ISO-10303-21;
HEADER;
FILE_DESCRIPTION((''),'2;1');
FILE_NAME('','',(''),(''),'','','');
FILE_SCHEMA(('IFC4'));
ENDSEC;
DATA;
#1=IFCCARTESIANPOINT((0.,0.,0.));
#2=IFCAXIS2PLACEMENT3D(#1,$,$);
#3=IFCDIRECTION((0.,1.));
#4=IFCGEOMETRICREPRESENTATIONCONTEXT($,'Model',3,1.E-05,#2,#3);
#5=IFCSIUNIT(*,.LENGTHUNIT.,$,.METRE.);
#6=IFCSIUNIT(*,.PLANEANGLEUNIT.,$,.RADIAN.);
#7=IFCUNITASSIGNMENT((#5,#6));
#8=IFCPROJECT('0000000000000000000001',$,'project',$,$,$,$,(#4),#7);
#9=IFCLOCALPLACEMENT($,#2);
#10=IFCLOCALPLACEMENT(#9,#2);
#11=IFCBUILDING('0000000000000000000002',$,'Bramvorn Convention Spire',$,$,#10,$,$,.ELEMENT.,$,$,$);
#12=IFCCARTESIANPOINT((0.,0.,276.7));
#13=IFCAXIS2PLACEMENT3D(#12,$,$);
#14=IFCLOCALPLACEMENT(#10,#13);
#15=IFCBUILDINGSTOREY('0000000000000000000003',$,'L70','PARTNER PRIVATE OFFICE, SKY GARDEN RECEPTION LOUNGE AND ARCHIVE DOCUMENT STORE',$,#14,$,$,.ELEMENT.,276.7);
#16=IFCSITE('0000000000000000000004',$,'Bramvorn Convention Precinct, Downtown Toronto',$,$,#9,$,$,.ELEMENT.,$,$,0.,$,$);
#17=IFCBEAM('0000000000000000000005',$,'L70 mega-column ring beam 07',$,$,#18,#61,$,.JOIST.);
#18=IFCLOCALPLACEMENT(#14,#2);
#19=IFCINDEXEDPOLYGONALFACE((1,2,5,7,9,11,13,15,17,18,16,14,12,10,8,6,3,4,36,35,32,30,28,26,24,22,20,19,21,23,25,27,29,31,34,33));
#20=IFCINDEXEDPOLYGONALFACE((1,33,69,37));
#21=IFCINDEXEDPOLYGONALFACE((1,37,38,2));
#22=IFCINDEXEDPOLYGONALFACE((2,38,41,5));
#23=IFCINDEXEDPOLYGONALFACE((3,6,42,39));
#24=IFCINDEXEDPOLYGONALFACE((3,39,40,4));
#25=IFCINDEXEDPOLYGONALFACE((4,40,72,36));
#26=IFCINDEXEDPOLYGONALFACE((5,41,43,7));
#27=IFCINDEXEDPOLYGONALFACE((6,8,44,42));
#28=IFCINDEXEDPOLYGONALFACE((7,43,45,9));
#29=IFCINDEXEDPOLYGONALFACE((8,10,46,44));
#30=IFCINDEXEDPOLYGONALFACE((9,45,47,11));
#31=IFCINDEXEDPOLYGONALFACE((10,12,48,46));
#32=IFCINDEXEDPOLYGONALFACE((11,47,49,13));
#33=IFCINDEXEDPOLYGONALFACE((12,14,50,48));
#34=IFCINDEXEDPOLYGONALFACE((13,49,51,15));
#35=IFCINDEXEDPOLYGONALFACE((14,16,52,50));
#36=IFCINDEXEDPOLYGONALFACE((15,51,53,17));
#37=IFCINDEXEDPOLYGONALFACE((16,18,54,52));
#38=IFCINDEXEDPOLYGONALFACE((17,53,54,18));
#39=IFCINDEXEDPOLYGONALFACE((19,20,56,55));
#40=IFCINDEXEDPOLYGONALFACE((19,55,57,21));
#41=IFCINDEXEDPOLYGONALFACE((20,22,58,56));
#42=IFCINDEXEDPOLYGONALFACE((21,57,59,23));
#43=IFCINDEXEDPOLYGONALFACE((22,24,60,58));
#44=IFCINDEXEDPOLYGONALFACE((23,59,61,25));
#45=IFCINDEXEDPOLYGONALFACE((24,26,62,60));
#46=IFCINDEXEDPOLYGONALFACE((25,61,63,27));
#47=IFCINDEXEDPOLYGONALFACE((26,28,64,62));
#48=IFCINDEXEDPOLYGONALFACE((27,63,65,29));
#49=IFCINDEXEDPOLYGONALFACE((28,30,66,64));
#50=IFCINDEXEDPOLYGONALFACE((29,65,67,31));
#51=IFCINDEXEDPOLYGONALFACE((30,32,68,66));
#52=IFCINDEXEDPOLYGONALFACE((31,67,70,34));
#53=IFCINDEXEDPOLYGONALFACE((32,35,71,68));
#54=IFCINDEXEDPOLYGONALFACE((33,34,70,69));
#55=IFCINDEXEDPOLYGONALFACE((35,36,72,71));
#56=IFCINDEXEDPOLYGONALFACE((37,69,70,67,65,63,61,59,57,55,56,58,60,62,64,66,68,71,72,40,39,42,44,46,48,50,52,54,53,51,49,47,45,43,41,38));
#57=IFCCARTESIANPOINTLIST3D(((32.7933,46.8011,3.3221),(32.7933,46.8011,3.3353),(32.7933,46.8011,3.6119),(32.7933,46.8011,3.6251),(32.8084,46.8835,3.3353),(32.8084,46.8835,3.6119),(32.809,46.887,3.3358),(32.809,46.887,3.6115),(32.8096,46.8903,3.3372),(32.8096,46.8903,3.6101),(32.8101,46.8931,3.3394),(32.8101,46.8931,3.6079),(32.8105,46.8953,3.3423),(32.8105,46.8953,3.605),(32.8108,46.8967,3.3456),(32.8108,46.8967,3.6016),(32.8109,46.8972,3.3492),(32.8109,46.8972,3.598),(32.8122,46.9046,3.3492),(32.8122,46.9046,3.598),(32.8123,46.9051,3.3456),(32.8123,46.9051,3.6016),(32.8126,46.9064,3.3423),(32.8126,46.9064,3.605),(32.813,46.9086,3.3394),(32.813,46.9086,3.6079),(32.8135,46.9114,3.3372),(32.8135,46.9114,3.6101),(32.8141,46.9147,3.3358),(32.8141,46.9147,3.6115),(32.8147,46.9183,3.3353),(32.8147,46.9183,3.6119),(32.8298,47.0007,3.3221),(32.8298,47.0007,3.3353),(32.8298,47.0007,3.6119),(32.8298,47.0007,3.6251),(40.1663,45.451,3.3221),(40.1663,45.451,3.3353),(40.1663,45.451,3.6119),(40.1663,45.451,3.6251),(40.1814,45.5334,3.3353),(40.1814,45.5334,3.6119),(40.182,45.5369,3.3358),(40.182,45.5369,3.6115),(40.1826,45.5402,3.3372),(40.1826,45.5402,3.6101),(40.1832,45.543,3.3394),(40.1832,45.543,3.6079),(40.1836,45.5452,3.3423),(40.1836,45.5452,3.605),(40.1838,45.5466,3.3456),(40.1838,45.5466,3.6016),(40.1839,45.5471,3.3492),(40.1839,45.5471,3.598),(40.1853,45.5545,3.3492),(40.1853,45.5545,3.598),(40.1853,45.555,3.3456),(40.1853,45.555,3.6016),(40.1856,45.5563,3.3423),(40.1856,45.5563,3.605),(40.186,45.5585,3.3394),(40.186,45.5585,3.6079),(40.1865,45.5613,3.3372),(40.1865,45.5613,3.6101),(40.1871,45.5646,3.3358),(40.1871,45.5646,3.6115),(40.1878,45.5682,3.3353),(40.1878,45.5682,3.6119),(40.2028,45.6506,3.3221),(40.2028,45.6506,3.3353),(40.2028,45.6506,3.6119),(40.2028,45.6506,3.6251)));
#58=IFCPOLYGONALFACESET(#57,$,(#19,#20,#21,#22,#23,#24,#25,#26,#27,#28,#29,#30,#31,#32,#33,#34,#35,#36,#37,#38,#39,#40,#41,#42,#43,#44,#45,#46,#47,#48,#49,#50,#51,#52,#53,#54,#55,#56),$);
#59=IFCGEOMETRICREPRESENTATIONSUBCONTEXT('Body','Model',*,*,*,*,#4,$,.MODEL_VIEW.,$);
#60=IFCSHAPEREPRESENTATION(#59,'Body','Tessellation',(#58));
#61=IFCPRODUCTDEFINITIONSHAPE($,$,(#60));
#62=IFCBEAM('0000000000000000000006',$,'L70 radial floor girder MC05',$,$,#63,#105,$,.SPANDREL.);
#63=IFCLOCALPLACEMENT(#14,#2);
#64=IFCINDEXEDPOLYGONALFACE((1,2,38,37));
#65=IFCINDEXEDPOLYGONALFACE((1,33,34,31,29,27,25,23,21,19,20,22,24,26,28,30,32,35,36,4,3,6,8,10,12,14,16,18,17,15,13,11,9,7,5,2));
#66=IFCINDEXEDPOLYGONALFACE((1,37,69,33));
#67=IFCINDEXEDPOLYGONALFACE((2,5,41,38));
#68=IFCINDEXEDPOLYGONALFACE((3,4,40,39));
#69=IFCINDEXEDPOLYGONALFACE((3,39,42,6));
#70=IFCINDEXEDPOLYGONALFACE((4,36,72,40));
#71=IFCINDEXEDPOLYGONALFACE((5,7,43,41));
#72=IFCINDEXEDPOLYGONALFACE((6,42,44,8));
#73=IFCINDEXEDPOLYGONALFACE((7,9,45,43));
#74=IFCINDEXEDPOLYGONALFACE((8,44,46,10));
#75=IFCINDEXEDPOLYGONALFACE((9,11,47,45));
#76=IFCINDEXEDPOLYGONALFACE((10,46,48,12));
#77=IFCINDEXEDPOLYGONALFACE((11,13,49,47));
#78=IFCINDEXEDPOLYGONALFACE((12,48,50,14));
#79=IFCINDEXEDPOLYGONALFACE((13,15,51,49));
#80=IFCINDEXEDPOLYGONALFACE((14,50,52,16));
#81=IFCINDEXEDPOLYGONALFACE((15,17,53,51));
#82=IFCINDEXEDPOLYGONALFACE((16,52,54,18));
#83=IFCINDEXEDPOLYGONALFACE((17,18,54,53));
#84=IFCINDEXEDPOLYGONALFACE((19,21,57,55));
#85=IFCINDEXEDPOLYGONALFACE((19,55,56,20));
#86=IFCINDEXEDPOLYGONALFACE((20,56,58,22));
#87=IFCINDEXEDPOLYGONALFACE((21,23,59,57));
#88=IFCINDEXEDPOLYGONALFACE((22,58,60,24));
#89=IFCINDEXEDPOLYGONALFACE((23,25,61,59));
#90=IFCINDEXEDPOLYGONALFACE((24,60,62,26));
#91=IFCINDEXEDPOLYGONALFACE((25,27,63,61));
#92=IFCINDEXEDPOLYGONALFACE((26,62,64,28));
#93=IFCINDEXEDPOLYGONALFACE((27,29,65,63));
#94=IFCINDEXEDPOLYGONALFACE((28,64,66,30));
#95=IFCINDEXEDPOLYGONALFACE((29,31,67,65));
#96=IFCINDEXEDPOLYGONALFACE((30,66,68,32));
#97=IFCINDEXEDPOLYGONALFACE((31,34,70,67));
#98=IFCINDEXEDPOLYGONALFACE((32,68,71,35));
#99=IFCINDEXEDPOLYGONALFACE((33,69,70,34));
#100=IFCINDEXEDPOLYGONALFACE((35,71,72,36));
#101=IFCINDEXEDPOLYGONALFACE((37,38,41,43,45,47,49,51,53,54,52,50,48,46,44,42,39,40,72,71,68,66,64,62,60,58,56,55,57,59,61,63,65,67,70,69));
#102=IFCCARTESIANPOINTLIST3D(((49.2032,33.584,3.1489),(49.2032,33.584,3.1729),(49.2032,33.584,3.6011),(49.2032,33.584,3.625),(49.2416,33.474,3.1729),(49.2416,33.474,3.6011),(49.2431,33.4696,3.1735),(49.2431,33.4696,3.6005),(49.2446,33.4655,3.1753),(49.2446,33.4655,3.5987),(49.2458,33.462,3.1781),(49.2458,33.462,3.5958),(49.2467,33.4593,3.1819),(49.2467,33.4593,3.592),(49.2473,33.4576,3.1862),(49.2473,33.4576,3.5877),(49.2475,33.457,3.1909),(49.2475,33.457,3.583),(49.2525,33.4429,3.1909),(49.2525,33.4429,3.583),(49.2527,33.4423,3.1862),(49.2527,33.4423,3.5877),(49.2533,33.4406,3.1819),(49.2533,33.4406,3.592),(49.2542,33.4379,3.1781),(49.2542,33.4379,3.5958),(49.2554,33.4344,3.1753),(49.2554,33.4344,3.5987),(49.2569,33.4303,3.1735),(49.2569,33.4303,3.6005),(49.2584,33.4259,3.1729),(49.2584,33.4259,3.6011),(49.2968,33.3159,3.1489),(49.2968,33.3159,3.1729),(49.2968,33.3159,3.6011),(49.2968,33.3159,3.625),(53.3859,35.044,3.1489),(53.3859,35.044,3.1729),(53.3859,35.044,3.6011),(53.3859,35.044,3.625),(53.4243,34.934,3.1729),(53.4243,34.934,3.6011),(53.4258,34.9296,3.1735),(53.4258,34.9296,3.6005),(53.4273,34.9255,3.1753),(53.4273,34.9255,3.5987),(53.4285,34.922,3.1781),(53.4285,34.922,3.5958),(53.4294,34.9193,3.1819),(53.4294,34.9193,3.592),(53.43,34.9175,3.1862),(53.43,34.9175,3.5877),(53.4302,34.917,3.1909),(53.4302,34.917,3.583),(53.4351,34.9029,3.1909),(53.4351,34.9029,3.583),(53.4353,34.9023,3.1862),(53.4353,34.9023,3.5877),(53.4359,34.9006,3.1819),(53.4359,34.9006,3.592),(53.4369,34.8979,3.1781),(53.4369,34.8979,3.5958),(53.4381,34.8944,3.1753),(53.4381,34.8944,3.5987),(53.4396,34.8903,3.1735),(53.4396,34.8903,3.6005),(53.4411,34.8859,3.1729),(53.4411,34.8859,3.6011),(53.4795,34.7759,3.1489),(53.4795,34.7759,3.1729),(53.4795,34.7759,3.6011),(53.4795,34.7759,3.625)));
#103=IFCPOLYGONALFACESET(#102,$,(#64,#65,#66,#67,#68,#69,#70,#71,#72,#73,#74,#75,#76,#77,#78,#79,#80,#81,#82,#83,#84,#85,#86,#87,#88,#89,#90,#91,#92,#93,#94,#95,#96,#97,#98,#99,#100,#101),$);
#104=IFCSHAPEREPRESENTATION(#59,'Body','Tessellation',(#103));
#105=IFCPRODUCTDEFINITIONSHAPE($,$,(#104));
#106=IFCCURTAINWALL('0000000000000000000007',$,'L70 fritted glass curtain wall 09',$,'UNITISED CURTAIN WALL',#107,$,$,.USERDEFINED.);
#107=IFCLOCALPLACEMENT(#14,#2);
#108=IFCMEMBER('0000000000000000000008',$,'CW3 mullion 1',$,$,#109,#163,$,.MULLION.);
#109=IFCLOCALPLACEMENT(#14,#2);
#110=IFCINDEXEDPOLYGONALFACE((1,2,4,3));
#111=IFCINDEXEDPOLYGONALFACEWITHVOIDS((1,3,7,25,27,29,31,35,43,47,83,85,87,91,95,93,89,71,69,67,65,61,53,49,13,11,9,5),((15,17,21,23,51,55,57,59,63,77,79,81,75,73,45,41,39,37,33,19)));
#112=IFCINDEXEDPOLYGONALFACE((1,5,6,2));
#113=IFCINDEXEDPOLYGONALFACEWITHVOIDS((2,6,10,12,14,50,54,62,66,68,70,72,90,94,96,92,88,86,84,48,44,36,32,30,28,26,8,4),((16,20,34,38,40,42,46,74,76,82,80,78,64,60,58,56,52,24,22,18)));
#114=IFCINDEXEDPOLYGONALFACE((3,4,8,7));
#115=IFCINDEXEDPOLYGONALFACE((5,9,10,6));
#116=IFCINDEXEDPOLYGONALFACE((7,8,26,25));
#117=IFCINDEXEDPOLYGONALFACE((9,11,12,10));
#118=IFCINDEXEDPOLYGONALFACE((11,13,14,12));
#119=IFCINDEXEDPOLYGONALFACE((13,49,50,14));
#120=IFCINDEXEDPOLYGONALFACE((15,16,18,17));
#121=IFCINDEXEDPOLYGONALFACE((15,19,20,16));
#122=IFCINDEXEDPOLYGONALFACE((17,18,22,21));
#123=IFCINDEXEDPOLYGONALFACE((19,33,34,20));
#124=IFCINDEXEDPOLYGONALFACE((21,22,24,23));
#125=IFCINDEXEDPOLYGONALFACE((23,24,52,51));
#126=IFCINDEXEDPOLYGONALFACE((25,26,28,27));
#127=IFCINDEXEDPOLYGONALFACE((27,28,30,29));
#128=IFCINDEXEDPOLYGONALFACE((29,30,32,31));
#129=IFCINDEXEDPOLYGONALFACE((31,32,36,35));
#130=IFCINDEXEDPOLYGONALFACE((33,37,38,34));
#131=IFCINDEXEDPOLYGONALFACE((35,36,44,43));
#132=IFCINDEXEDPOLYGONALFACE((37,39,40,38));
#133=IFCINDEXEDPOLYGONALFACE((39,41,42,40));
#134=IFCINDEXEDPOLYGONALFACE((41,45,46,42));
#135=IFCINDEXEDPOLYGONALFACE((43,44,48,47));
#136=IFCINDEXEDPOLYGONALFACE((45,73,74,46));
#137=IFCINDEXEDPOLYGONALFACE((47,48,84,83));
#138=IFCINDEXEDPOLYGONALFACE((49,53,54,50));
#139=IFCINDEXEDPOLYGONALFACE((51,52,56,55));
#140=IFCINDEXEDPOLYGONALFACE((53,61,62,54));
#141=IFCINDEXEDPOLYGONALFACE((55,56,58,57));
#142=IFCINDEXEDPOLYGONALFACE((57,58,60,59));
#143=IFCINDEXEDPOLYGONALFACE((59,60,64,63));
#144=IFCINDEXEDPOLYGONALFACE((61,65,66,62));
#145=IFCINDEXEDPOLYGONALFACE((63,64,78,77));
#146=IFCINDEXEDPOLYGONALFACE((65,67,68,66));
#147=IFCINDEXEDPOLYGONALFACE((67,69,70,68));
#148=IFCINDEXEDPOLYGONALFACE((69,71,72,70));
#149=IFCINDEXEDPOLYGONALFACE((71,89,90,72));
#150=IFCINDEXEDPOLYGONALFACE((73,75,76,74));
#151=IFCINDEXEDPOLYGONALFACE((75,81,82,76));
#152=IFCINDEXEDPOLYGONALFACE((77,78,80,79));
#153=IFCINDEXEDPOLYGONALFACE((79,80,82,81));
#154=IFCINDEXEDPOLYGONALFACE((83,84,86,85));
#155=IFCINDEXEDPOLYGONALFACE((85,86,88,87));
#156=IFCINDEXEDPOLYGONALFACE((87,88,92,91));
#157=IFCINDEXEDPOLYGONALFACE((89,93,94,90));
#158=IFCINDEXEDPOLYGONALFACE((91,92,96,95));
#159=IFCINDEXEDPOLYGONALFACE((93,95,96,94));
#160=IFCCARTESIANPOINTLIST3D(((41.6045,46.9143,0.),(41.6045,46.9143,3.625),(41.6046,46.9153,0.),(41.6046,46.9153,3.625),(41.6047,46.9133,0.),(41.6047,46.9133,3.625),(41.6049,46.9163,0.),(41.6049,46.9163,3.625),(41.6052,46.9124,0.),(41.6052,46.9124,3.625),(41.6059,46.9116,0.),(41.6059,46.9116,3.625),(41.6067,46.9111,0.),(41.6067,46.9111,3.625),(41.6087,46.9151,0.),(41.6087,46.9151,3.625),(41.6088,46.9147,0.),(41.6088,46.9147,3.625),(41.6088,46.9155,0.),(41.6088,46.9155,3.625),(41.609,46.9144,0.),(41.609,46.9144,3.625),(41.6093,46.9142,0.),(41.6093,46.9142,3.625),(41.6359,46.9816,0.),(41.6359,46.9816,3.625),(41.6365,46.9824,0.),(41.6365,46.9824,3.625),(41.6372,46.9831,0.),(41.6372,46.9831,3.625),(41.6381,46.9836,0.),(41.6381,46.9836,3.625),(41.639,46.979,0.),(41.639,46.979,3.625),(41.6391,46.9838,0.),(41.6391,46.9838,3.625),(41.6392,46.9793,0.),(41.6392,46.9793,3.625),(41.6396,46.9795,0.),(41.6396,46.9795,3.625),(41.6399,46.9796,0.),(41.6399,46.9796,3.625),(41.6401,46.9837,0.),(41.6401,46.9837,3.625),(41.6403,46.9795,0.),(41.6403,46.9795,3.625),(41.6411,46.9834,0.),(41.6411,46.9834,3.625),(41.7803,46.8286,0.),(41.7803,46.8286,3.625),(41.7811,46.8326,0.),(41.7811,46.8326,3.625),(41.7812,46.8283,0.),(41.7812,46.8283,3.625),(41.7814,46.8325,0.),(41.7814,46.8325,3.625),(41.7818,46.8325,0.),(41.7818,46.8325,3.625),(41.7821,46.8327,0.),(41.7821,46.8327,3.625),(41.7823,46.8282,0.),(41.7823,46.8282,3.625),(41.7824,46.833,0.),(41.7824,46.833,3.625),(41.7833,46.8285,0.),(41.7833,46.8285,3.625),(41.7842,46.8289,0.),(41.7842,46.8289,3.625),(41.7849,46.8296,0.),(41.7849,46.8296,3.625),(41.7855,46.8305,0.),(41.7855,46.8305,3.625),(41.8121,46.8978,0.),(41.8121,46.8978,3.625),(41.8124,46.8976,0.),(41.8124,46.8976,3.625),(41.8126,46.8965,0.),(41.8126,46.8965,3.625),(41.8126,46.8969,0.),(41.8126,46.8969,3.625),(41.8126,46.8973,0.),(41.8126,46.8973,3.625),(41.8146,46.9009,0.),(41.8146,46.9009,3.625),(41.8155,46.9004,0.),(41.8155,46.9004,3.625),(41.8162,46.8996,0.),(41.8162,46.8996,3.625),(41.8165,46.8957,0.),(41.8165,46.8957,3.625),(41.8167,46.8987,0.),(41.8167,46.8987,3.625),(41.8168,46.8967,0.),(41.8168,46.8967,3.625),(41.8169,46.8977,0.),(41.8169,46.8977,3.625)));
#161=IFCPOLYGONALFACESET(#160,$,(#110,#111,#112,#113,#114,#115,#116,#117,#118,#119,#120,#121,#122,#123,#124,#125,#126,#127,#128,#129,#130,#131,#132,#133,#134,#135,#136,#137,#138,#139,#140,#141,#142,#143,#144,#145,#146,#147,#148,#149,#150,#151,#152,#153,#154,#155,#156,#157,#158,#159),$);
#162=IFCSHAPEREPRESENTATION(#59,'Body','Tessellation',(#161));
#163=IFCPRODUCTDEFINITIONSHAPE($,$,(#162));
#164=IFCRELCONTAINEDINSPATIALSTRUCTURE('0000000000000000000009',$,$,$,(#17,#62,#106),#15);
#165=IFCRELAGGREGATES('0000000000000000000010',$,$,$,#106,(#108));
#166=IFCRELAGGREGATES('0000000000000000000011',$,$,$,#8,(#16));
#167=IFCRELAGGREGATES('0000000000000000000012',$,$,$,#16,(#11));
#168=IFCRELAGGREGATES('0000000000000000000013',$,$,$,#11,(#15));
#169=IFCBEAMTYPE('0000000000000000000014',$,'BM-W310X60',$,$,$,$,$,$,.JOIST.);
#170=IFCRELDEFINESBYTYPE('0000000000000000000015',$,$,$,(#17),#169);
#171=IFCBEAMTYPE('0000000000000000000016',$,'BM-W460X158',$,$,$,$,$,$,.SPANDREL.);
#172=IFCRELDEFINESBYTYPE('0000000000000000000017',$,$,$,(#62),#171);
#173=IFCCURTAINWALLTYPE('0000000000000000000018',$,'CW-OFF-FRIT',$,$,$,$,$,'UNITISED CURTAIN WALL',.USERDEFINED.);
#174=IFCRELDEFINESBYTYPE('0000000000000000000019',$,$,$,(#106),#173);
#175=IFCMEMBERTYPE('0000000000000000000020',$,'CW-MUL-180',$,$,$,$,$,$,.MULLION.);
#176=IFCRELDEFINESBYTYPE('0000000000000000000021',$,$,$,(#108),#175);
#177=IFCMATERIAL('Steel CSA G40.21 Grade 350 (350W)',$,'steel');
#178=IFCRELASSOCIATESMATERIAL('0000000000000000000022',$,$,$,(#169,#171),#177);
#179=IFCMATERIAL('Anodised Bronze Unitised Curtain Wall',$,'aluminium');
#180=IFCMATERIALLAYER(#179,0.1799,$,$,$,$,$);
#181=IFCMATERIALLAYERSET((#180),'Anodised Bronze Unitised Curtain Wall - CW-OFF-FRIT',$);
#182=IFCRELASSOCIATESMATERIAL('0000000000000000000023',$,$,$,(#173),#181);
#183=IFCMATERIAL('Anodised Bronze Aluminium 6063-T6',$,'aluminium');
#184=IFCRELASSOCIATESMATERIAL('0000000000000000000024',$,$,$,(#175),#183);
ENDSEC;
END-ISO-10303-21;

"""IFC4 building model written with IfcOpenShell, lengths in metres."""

from ifc_helpers import new_model, si_unit, direction, frame, origin, origin_2d, place, context, subcontext, project, spatial, hollow_rectangle, i_section, extrude, material, layer, layer_set, material_profile, profile_set, type_object, element, aggregate, save


model = new_model("IFC4")

# Units and contexts
model_context = context("Model", 3, precision=1e-05, world=origin(), true_north=direction((0.0, 1.0)))
body_context = subcontext(model_context, "Body", "Model", "MODEL_VIEW")
ifc_project = project(units=[si_unit("LENGTHUNIT", "METRE"), si_unit("PLANEANGLEUNIT", "RADIAN")], contexts=[model_context])

# Site, building, storey
site_placement = place(None, origin())
site = spatial("IfcSite", under=ifc_project, at=site_placement, Name="Bramvorn Convention Precinct, Downtown Toronto", CompositionType="ELEMENT", RefElevation=0.0)
building_placement = place(site_placement, origin())
building = spatial("IfcBuilding", under=site, at=building_placement, Name="Bramvorn Convention Spire", CompositionType="ELEMENT")
storey_placement = place(building_placement, frame((0.0, 0.0, 276.7)))
storey = spatial("IfcBuildingStorey", under=building, at=storey_placement, Name="L70", Description="PARTNER PRIVATE OFFICE, SKY GARDEN RECEPTION LOUNGE AND ARCHIVE DOCUMENT STORE", CompositionType="ELEMENT", Elevation=276.7)

# Shared definitions
ifc_material_1 = material(Name="Steel CSA G40.21 Grade 350 (350W)", Category="steel")

# Beams
ifc_material_profile_1 = material_profile(ifc_material_1, i_section(OverallWidth=0.2029, OverallDepth=0.303, WebThickness=0.0076, FlangeThickness=0.0132, FilletRadius=0.0139, at=origin_2d()))
ifc_profile_set_1 = profile_set([ifc_material_profile_1], Name="Steel CSA G40.21 Grade 350 (350W) - W310X60")
beam_type_1 = type_object("IfcBeamType", Name="BM-W310X60", PredefinedType="JOIST", material=ifc_profile_set_1)
beam_1_placement = place(storey_placement, frame((40.1846, 45.5508, 3.4736), z_axis=(-0.983645, 0.180118, 0.0), x_axis=(-0.180118, -0.983645, 0.0)))
element("IfcBeam", 1, at=beam_1_placement, inside=storey, type_object=beam_type_1, Name="L70 mega-column ring beam 07", PredefinedType="JOIST", context=body_context, shape_type="SweptSolid", body=[
    extrude(i_section(OverallWidth=0.2029, OverallDepth=0.303, WebThickness=0.0076, FlangeThickness=0.0132, FilletRadius=0.0139, at=origin_2d()), origin(), (0.0, 0.0, 1.0), 7.4956),
])
ifc_material_profile_2 = material_profile(ifc_material_1, i_section(OverallWidth=0.2839, OverallDepth=0.4761, WebThickness=0.0149, FlangeThickness=0.0239, FilletRadius=0.0181, at=origin_2d()))
ifc_profile_set_2 = profile_set([ifc_material_profile_2], Name="Steel CSA G40.21 Grade 350 (350W) - W460X158")
beam_type_2 = type_object("IfcBeamType", Name="BM-W460X158", PredefinedType="SPANDREL", material=ifc_profile_set_2)
beam_2_placement = place(storey_placement, frame((49.25, 33.45, 3.387), z_axis=(0.944136, 0.329555, 0.0), x_axis=(-0.329555, 0.944136, 0.0)))
element("IfcBeam", 2, at=beam_2_placement, inside=storey, type_object=beam_type_2, Name="L70 radial floor girder MC05", PredefinedType="SPANDREL", context=body_context, shape_type="SweptSolid", body=[
    extrude(i_section(OverallWidth=0.2839, OverallDepth=0.4761, WebThickness=0.0149, FlangeThickness=0.0239, FilletRadius=0.0181, at=origin_2d()), origin(), (0.0, 0.0, 1.0), 4.4302),
])

# Curtain wall, member
ifc_material_2 = material(Name="Anodised Bronze Unitised Curtain Wall", Category="aluminium")
ifc_layer_1 = layer(ifc_material_2, 0.1799)
ifc_layer_set_1 = layer_set([ifc_layer_1], Name="Anodised Bronze Unitised Curtain Wall - CW-OFF-FRIT")
curtain_wall_type = type_object("IfcCurtainWallType", Name="CW-OFF-FRIT", ElementType="UNITISED CURTAIN WALL", PredefinedType="USERDEFINED", material=ifc_layer_set_1)
curtain_wall_1_placement = place(storey_placement, origin())
curtain_wall_1 = element("IfcCurtainWall", 3, at=curtain_wall_1_placement, inside=storey, type_object=curtain_wall_type, Name="L70 fritted glass curtain wall 09", ObjectType="UNITISED CURTAIN WALL", PredefinedType="USERDEFINED")
ifc_material_3 = material(Name="Anodised Bronze Aluminium 6063-T6", Category="aluminium")
ifc_material_profile_3 = material_profile(ifc_material_3, hollow_rectangle(XDim=0.0801, YDim=0.2, WallThickness=0.0039, InnerFilletRadius=0.001, OuterFilletRadius=0.0039, at=origin_2d()))
ifc_profile_set_3 = profile_set([ifc_material_profile_3], Name="Anodised Bronze Aluminium 6063-T6 - CWM80X200")
member_type_1 = type_object("IfcMemberType", Name="CW-MUL-180", PredefinedType="MULLION", material=ifc_profile_set_3)
member_1_placement = place(storey_placement, frame((41.7107, 46.906, 0.0), z_axis=(0.0, 0.0, 1.0), x_axis=(0.429265, 0.903178, 0.0)))
member_1 = element("IfcMember", 4, at=member_1_placement, type_object=member_type_1, Name="CW3 mullion 1", PredefinedType="MULLION", context=body_context, shape_type="SweptSolid", body=[
    extrude(hollow_rectangle(XDim=0.0801, YDim=0.2, WallThickness=0.0039, InnerFilletRadius=0.001, OuterFilletRadius=0.0039, at=origin_2d()), origin(), (0.0, 0.0, 1.0), 3.625),
])

aggregate(curtain_wall_1, [member_1])

save(model, "model.ifc")
